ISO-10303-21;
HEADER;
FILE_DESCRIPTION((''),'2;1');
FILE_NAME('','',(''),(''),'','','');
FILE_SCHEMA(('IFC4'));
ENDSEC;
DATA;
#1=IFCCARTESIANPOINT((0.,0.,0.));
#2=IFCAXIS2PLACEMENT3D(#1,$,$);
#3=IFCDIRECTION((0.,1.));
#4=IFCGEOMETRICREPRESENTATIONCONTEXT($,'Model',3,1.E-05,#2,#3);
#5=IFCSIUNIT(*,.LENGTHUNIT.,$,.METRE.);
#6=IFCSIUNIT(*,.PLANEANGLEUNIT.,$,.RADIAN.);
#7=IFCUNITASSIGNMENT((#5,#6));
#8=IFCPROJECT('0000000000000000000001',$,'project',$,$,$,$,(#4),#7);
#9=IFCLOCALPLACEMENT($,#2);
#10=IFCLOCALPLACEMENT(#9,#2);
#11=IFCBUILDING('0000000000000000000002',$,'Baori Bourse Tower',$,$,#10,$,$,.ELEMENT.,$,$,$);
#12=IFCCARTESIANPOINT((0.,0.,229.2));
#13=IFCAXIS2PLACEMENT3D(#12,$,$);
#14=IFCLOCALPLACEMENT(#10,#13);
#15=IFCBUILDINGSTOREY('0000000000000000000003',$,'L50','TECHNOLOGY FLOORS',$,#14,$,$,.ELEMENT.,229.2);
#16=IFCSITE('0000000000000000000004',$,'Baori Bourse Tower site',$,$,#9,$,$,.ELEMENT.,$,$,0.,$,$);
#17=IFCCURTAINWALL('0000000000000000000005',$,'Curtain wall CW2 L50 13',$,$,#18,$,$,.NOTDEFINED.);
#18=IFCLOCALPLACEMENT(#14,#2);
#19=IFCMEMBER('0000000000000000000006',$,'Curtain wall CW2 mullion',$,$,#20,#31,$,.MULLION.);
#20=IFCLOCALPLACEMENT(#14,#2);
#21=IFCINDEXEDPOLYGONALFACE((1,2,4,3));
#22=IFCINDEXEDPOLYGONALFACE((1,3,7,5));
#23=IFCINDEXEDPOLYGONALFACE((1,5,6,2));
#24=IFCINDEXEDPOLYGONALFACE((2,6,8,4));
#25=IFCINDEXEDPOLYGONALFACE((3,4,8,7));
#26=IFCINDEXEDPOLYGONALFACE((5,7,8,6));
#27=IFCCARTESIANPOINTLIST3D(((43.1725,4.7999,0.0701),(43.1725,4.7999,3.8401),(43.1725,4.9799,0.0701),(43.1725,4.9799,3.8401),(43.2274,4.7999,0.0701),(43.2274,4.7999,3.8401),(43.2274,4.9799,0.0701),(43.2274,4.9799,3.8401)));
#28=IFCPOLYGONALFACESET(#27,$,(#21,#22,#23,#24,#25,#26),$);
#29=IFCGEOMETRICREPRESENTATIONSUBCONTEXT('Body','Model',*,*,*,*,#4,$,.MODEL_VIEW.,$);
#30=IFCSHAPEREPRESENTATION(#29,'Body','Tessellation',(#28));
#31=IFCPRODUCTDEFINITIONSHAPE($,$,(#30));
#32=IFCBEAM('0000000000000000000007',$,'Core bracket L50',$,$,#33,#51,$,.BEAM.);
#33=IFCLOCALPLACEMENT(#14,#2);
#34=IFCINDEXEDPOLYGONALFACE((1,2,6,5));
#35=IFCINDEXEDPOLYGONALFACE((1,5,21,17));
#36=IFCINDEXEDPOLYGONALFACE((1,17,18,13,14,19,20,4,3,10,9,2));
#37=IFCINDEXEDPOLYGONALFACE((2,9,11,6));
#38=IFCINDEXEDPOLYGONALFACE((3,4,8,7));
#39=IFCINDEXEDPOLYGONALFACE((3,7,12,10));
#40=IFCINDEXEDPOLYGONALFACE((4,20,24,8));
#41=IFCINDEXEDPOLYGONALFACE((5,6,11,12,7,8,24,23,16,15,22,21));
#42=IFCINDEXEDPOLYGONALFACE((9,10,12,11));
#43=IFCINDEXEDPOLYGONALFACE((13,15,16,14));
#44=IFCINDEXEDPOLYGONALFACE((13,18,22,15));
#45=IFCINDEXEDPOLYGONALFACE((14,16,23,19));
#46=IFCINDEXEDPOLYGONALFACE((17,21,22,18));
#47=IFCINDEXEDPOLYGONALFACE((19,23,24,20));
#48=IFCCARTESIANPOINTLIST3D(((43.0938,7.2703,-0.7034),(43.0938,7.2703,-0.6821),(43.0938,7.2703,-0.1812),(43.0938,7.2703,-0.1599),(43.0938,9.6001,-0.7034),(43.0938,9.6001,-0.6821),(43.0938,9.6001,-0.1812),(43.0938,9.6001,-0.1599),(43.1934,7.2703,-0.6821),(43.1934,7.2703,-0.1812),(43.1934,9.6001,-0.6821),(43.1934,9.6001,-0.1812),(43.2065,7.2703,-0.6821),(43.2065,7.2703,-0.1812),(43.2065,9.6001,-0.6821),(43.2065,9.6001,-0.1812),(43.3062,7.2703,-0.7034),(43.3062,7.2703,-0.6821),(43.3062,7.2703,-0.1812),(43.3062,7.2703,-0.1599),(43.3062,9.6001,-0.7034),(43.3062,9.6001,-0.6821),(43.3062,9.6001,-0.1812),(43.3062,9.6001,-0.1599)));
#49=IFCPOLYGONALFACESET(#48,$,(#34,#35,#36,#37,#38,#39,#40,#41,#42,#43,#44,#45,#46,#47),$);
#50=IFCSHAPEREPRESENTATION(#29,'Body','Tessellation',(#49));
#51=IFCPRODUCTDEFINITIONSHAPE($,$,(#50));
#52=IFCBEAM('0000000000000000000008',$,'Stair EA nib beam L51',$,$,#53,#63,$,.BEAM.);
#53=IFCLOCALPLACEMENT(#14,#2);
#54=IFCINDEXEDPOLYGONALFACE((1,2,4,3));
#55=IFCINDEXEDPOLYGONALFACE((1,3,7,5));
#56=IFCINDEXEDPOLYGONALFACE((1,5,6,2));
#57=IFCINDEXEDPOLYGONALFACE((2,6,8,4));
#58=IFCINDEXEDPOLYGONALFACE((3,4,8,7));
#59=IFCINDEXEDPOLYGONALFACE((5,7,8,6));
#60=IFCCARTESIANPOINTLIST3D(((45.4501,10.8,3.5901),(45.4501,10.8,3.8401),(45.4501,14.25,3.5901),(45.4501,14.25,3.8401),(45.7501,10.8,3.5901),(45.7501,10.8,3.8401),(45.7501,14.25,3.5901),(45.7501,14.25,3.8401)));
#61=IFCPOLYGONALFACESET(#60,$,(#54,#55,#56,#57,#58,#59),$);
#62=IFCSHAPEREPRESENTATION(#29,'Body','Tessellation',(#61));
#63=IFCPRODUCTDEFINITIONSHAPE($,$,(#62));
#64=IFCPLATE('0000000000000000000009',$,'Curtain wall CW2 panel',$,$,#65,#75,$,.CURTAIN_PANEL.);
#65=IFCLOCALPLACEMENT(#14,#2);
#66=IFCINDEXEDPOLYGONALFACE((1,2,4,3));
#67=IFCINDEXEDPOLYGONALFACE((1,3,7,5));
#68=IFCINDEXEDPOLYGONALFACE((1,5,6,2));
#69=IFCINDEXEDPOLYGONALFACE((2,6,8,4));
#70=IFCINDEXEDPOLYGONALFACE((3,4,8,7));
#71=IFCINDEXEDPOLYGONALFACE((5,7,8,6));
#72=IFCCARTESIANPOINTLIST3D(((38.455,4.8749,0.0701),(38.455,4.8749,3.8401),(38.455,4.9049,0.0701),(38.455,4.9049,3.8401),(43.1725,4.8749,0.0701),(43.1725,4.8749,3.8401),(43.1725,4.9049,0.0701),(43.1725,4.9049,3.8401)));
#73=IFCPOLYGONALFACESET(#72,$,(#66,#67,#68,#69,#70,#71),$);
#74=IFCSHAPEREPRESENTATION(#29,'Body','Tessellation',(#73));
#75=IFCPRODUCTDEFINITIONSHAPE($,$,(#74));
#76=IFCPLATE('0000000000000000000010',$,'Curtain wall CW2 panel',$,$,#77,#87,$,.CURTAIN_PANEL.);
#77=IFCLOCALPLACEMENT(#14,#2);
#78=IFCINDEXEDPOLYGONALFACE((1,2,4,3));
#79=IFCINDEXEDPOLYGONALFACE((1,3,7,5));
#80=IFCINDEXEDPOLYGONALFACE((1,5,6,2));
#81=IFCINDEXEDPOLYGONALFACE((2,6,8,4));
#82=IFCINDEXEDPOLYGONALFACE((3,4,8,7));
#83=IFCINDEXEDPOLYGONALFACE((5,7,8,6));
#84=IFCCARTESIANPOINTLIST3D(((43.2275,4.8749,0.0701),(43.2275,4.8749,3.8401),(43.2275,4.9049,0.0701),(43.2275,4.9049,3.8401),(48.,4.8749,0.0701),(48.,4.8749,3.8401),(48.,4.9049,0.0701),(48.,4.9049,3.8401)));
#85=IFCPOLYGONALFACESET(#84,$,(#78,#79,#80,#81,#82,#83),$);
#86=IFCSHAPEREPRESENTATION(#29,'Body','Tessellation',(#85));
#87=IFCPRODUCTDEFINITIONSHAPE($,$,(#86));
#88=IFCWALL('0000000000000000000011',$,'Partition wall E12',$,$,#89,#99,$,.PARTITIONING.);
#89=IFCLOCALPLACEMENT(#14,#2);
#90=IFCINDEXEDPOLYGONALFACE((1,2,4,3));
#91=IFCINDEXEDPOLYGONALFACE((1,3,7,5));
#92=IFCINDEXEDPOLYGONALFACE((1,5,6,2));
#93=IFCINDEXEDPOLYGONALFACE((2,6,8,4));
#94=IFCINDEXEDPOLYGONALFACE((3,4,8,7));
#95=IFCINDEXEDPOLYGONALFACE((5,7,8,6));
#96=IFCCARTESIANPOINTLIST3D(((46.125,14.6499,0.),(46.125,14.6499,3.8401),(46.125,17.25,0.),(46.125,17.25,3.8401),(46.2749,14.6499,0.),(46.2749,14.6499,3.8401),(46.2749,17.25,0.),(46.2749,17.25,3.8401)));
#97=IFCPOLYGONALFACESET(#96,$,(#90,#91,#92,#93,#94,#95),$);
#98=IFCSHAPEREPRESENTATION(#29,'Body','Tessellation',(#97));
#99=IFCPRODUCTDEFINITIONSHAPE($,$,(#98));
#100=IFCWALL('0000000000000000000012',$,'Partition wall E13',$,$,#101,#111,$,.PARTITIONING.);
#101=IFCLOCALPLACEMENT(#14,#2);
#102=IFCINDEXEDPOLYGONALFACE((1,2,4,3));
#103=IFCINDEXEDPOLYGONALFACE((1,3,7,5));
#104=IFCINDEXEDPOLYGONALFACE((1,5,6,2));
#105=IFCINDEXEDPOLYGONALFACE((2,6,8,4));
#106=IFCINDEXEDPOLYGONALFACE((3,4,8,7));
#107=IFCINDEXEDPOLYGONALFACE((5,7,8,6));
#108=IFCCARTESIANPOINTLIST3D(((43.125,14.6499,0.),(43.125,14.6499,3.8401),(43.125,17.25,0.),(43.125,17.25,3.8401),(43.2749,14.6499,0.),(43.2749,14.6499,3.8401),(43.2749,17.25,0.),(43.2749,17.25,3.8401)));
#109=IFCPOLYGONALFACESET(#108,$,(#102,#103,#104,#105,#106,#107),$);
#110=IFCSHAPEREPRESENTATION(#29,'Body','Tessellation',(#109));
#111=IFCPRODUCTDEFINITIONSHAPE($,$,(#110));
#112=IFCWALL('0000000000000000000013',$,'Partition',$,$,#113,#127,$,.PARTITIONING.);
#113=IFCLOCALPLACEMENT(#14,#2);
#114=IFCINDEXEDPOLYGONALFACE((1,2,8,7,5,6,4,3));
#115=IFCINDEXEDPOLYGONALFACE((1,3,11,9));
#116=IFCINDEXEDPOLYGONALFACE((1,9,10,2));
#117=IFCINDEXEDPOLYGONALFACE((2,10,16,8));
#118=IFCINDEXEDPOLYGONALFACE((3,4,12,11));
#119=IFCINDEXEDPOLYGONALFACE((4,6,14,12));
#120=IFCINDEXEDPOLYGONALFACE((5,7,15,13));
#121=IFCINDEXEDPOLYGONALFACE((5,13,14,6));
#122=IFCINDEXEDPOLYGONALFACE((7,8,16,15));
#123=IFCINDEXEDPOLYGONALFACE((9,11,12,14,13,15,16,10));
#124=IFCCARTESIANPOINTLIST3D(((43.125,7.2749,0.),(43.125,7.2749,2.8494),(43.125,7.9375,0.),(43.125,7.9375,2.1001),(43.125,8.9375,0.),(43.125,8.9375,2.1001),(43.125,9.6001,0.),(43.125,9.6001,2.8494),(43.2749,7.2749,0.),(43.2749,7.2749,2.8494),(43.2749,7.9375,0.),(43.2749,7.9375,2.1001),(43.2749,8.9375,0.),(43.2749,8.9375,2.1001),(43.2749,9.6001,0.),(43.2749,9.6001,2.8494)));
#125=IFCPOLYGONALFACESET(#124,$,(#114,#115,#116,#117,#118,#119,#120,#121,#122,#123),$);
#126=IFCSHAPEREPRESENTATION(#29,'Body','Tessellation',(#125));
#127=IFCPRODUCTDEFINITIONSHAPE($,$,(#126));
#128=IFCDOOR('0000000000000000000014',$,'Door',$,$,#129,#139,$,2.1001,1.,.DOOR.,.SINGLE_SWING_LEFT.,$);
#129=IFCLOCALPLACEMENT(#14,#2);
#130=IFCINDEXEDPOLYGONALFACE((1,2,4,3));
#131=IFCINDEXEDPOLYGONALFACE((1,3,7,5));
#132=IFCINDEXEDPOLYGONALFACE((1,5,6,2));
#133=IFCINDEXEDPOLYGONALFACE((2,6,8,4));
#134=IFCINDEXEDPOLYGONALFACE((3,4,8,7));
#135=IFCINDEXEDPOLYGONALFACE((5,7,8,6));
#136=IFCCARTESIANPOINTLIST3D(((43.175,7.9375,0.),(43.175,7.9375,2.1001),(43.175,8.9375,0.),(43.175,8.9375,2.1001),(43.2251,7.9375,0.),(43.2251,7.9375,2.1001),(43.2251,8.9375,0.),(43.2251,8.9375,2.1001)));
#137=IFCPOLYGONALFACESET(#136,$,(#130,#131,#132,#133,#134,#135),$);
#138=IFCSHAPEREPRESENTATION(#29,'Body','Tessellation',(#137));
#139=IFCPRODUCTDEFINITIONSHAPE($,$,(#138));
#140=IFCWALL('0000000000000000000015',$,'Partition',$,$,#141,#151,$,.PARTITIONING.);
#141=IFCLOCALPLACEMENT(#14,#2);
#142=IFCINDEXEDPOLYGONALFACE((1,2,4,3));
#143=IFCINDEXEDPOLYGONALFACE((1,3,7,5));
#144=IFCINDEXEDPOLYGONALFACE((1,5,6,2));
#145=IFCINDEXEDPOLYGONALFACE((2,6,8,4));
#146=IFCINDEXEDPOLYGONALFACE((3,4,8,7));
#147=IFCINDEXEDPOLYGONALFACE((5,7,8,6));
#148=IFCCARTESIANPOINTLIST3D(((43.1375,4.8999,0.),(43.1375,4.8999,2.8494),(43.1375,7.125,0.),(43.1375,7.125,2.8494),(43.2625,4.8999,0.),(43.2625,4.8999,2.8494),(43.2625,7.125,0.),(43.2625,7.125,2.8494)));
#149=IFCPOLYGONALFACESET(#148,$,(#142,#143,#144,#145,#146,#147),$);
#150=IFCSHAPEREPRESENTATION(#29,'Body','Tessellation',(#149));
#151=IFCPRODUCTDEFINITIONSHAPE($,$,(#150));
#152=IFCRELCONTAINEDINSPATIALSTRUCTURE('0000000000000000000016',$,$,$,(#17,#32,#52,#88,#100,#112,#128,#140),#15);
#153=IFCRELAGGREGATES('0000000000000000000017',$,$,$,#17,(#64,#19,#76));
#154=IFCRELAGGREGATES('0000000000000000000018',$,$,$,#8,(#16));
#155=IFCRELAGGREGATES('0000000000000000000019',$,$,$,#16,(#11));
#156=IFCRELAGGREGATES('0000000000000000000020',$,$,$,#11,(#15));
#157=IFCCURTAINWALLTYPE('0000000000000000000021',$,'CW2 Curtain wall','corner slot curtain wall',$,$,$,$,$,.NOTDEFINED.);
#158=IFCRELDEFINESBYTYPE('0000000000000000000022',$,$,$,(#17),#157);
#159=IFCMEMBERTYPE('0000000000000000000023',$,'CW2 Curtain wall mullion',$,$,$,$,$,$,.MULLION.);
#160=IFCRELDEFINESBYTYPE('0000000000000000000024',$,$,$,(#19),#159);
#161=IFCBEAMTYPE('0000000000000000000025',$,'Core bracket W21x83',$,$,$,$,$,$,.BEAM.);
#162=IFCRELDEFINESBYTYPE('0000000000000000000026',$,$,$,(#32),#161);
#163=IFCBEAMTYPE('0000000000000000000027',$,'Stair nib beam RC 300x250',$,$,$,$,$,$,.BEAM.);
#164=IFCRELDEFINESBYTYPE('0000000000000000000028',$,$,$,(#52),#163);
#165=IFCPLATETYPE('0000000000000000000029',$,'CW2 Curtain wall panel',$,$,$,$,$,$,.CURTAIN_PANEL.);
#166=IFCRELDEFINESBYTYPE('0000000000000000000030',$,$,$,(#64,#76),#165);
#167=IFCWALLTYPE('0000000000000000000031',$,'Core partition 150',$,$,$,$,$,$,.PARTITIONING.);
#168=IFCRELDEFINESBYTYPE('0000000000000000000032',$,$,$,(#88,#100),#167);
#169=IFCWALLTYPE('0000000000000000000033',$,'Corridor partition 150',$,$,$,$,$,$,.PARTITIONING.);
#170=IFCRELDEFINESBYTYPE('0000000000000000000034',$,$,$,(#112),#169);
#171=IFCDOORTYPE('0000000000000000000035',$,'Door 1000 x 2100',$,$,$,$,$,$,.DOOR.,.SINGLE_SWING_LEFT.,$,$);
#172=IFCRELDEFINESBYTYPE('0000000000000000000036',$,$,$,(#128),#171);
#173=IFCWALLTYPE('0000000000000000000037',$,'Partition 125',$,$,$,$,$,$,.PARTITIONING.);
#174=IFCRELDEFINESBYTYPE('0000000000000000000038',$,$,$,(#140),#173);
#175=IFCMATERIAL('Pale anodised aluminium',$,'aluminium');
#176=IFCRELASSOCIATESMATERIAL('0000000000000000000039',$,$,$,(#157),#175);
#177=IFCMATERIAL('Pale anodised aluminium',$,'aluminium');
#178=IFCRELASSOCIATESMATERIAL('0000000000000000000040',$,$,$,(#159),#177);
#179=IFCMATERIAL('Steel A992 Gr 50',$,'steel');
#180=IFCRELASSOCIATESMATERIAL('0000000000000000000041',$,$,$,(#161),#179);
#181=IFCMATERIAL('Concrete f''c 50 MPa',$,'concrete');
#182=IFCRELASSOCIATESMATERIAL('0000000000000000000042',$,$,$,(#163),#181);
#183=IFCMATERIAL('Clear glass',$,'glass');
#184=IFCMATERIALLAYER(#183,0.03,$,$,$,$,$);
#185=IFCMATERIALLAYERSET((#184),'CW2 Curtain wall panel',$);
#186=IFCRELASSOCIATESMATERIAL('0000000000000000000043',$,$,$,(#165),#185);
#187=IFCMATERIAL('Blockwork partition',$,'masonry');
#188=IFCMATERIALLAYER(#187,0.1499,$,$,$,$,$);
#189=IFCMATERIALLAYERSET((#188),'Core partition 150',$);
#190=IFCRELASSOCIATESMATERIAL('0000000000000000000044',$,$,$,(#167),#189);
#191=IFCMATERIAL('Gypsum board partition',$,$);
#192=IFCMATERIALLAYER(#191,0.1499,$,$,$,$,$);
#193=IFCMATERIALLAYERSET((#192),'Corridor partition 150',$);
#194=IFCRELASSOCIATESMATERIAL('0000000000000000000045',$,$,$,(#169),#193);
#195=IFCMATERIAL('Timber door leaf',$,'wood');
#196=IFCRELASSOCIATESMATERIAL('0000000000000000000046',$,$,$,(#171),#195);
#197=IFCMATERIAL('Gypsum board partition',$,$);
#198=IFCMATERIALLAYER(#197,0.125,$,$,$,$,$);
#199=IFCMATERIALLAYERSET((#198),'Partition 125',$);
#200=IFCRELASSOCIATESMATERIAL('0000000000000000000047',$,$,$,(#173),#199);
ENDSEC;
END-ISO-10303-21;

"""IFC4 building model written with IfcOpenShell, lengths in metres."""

from ifc_helpers import new_model, si_unit, direction, frame, frame_2d, origin, origin_2d, place, context, subcontext, project, spatial, rectangle, i_section, extrude, material, layer, layer_set, material_profile, profile_set, type_object, element, fill, aggregate, save


model = new_model("IFC4")

# Units and contexts
model_context = context("Model", 3, precision=1e-05, world=origin(), true_north=direction((0.0, 1.0)))
body_context = subcontext(model_context, "Body", "Model", "MODEL_VIEW")
ifc_project = project(units=[si_unit("LENGTHUNIT", "METRE"), si_unit("PLANEANGLEUNIT", "RADIAN")], contexts=[model_context])

# Site, building, storey
site_placement = place(None, origin())
site = spatial("IfcSite", under=ifc_project, at=site_placement, Name="Baori Bourse Tower site", CompositionType="ELEMENT", RefElevation=0.0)
building_placement = place(site_placement, origin())
building = spatial("IfcBuilding", under=site, at=building_placement, Name="Baori Bourse Tower", CompositionType="ELEMENT")
storey_placement = place(building_placement, frame((0.0, 0.0, 229.2)))
storey = spatial("IfcBuildingStorey", under=building, at=storey_placement, Name="L50", Description="TECHNOLOGY FLOORS", CompositionType="ELEMENT", Elevation=229.2)

# Curtain wall, member
ifc_material_1 = material(Name="Pale anodised aluminium", Category="aluminium")
curtain_wall_type = type_object("IfcCurtainWallType", Name="CW2 Curtain wall", Description="corner slot curtain wall", PredefinedType="NOTDEFINED", material=ifc_material_1)
curtain_wall_placement = place(storey_placement, origin())
curtain_wall = element("IfcCurtainWall", 1, at=curtain_wall_placement, inside=storey, type_object=curtain_wall_type, Name="Curtain wall CW2 L50 13", PredefinedType="NOTDEFINED")
ifc_material_2 = material(Name="Pale anodised aluminium", Category="aluminium")
ifc_material_profile_1 = material_profile(ifc_material_2, rectangle(XDim=0.1799, YDim=0.0549, at=origin_2d()), Name="Mullion 55x180")
ifc_profile_set_1 = profile_set([ifc_material_profile_1], Name="Pale anodised aluminium")
member_type = type_object("IfcMemberType", Name="CW2 Curtain wall mullion", PredefinedType="MULLION", material=ifc_profile_set_1)
member_placement = place(storey_placement, frame((43.2, 4.8899, 0.0701), z_axis=(0.0, 0.0, 1.0), x_axis=(0.0, 1.0, 0.0)))
member = element("IfcMember", 2, at=member_placement, type_object=member_type, Name="Curtain wall CW2 mullion", PredefinedType="MULLION", context=body_context, shape_type="SweptSolid", body=[
    extrude(rectangle(XDim=0.1799, YDim=0.0549, at=origin_2d()), origin(), (0.0, 0.0, 1.0), 3.77),
])

# Beams
ifc_material_3 = material(Name="Steel A992 Gr 50", Category="steel")
ifc_material_profile_2 = material_profile(ifc_material_3, i_section(OverallWidth=0.2124, OverallDepth=0.5435, WebThickness=0.0132, FlangeThickness=0.0212, at=origin_2d()), Name="W21x83")
ifc_profile_set_2 = profile_set([ifc_material_profile_2], Name="Steel A992 Gr 50")
beam_type_1 = type_object("IfcBeamType", Name="Core bracket W21x83", PredefinedType="BEAM", material=ifc_profile_set_2)
beam_1_placement = place(storey_placement, frame((43.2, 7.2703, -0.4316), z_axis=(0.0, 1.0, 0.0), x_axis=(-1.0, 0.0, 0.0)))
element("IfcBeam", 3, at=beam_1_placement, inside=storey, type_object=beam_type_1, Name="Core bracket L50", PredefinedType="BEAM", context=body_context, shape_type="SweptSolid", body=[
    extrude(i_section(OverallWidth=0.2124, OverallDepth=0.5435, WebThickness=0.0132, FlangeThickness=0.0212, at=origin_2d()), origin(), (0.0, 0.0, 1.0), 2.3298),
])
ifc_material_4 = material(Name="Concrete f'c 50 MPa", Category="concrete")
ifc_material_profile_3 = material_profile(ifc_material_4, rectangle(XDim=0.3, YDim=0.25, at=origin_2d()), Name="RC 300x250")
ifc_profile_set_3 = profile_set([ifc_material_profile_3], Name="Concrete f'c 50 MPa")
beam_type_2 = type_object("IfcBeamType", Name="Stair nib beam RC 300x250", PredefinedType="BEAM", material=ifc_profile_set_3)
beam_2_placement = place(storey_placement, frame((45.6001, 10.8, 3.7151), z_axis=(0.0, 1.0, 0.0), x_axis=(-1.0, 0.0, 0.0)))
element("IfcBeam", 4, at=beam_2_placement, inside=storey, type_object=beam_type_2, Name="Stair EA nib beam L51", PredefinedType="BEAM", context=body_context, shape_type="SweptSolid", body=[
    extrude(rectangle(XDim=0.3, YDim=0.25, at=origin_2d()), origin(), (0.0, 0.0, 1.0), 3.45),
])

# Plates
ifc_material_5 = material(Name="Clear glass", Category="glass")
ifc_layer_1 = layer(ifc_material_5, 0.03)
ifc_layer_set_1 = layer_set([ifc_layer_1], Name="CW2 Curtain wall panel")
plate_type = type_object("IfcPlateType", Name="CW2 Curtain wall panel", PredefinedType="CURTAIN_PANEL", material=ifc_layer_set_1)
plate_1_placement = place(storey_placement, frame((40.8137, 4.8899, 0.0701), z_axis=(0.0, 0.0, 1.0), x_axis=(1.0, 0.0, 0.0)))
plate_1 = element("IfcPlate", 5, at=plate_1_placement, type_object=plate_type, Name="Curtain wall CW2 panel", PredefinedType="CURTAIN_PANEL", context=body_context, shape_type="SweptSolid", body=[
    extrude(rectangle(XDim=4.7175, YDim=0.03, at=origin_2d()), origin(), (0.0, 0.0, 1.0), 3.77),
])
plate_2_placement = place(storey_placement, frame((45.6138, 4.8899, 0.0701), z_axis=(0.0, 0.0, 1.0), x_axis=(1.0, 0.0, 0.0)))
plate_2 = element("IfcPlate", 6, at=plate_2_placement, type_object=plate_type, Name="Curtain wall CW2 panel", PredefinedType="CURTAIN_PANEL", context=body_context, shape_type="SweptSolid", body=[
    extrude(rectangle(XDim=4.7725, YDim=0.03, at=origin_2d()), origin(), (0.0, 0.0, 1.0), 3.77),
])
aggregate(curtain_wall, [plate_1, member, plate_2])

# Walls
ifc_material_6 = material(Name="Blockwork partition", Category="masonry")
ifc_layer_2 = layer(ifc_material_6, 0.1499)
ifc_layer_set_2 = layer_set([ifc_layer_2], Name="Core partition 150")
wall_type_1 = type_object("IfcWallType", Name="Core partition 150", PredefinedType="PARTITIONING", material=ifc_layer_set_2)
for number, where, z_axis, x_axis, name in (
    (7, (46.2, 14.6499, 0.0), (0.0, 0.0, 1.0), (0.0, 1.0, 0.0), "Partition wall E12"),
    (8, (43.2, 14.6499, 0.0), (0.0, 0.0, 1.0), (0.0, 1.0, 0.0), "Partition wall E13"),
):
    element("IfcWall", number, at=place(storey_placement, frame(where, z_axis=z_axis, x_axis=x_axis)), inside=storey, type_object=wall_type_1, Name=name, PredefinedType="PARTITIONING", context=body_context, shape_type="SweptSolid", body=[
        extrude(rectangle(XDim=2.6001, YDim=0.1499, at=frame_2d((1.3, 0.0))), origin(), (0.0, 0.0, 1.0), 3.8401),
    ])

# Wall, opening, door
ifc_material_7 = material(Name="Gypsum board partition")
ifc_layer_3 = layer(ifc_material_7, 0.1499)
ifc_layer_set_3 = layer_set([ifc_layer_3], Name="Corridor partition 150")
wall_type_2 = type_object("IfcWallType", Name="Corridor partition 150", PredefinedType="PARTITIONING", material=ifc_layer_set_3)
wall_1_placement = place(storey_placement, frame((43.2, 7.2749, 0.0), z_axis=(0.0, 0.0, 1.0), x_axis=(0.0, 1.0, 0.0)))
wall_1 = element("IfcWall", 9, at=wall_1_placement, inside=storey, type_object=wall_type_2, Name="Partition", PredefinedType="PARTITIONING", context=body_context, shape_type="SweptSolid", body=[
    extrude(rectangle(XDim=2.3252, YDim=0.1499, at=frame_2d((1.1626, 0.0))), origin(), (0.0, 0.0, 1.0), 2.8494),
])
opening_1_placement = place(wall_1_placement, frame((0.6626, 0.0, 0.0)))
opening_1 = element("IfcOpeningElement", 10, at=opening_1_placement, cuts=wall_1, PredefinedType="OPENING", context=body_context, shape_type="SweptSolid", body=[
    extrude(rectangle(XDim=1.0, YDim=2.1001, at=frame_2d((0.5, 1.05))), frame((0.0, 0.085, 0.0), z_axis=(0.0, -1.0, 0.0), x_axis=(1.0, 0.0, 0.0)), (0.0, 0.0, 1.0), 0.1699),
])
ifc_material_8 = material(Name="Timber door leaf", Category="wood")
door_type_1 = type_object("IfcDoorType", Name="Door 1000 x 2100", OperationType="SINGLE_SWING_LEFT", PredefinedType="DOOR", material=ifc_material_8)
door_1_placement = place(opening_1_placement, origin())
door_1 = element("IfcDoor", 11, at=door_1_placement, inside=storey, type_object=door_type_1, Name="Door", OperationType="SINGLE_SWING_LEFT", OverallHeight=2.1001, OverallWidth=1.0, PredefinedType="DOOR", context=body_context, shape_type="SweptSolid", body=[
    extrude(rectangle(XDim=1.0, YDim=2.1001, at=frame_2d((0.5, 1.05))), frame((0.0, 0.0249, 0.0), z_axis=(0.0, -1.0, 0.0), x_axis=(1.0, 0.0, 0.0)), (0.0, 0.0, 1.0), 0.05),
])
fill(opening_1, door_1)

# Wall
ifc_material_9 = material(Name="Gypsum board partition")
ifc_layer_4 = layer(ifc_material_9, 0.125)
ifc_layer_set_4 = layer_set([ifc_layer_4], Name="Partition 125")
wall_type_3 = type_object("IfcWallType", Name="Partition 125", PredefinedType="PARTITIONING", material=ifc_layer_set_4)
wall_2_placement = place(storey_placement, frame((43.2, 4.8999, 0.0), z_axis=(0.0, 0.0, 1.0), x_axis=(0.0, 1.0, 0.0)))
element("IfcWall", 12, at=wall_2_placement, inside=storey, type_object=wall_type_3, Name="Partition", PredefinedType="PARTITIONING", context=body_context, shape_type="SweptSolid", body=[
    extrude(rectangle(XDim=2.2251, YDim=0.125, at=frame_2d((1.1125, 0.0))), origin(), (0.0, 0.0, 1.0), 2.8494),
])

save(model, "model.ifc")
